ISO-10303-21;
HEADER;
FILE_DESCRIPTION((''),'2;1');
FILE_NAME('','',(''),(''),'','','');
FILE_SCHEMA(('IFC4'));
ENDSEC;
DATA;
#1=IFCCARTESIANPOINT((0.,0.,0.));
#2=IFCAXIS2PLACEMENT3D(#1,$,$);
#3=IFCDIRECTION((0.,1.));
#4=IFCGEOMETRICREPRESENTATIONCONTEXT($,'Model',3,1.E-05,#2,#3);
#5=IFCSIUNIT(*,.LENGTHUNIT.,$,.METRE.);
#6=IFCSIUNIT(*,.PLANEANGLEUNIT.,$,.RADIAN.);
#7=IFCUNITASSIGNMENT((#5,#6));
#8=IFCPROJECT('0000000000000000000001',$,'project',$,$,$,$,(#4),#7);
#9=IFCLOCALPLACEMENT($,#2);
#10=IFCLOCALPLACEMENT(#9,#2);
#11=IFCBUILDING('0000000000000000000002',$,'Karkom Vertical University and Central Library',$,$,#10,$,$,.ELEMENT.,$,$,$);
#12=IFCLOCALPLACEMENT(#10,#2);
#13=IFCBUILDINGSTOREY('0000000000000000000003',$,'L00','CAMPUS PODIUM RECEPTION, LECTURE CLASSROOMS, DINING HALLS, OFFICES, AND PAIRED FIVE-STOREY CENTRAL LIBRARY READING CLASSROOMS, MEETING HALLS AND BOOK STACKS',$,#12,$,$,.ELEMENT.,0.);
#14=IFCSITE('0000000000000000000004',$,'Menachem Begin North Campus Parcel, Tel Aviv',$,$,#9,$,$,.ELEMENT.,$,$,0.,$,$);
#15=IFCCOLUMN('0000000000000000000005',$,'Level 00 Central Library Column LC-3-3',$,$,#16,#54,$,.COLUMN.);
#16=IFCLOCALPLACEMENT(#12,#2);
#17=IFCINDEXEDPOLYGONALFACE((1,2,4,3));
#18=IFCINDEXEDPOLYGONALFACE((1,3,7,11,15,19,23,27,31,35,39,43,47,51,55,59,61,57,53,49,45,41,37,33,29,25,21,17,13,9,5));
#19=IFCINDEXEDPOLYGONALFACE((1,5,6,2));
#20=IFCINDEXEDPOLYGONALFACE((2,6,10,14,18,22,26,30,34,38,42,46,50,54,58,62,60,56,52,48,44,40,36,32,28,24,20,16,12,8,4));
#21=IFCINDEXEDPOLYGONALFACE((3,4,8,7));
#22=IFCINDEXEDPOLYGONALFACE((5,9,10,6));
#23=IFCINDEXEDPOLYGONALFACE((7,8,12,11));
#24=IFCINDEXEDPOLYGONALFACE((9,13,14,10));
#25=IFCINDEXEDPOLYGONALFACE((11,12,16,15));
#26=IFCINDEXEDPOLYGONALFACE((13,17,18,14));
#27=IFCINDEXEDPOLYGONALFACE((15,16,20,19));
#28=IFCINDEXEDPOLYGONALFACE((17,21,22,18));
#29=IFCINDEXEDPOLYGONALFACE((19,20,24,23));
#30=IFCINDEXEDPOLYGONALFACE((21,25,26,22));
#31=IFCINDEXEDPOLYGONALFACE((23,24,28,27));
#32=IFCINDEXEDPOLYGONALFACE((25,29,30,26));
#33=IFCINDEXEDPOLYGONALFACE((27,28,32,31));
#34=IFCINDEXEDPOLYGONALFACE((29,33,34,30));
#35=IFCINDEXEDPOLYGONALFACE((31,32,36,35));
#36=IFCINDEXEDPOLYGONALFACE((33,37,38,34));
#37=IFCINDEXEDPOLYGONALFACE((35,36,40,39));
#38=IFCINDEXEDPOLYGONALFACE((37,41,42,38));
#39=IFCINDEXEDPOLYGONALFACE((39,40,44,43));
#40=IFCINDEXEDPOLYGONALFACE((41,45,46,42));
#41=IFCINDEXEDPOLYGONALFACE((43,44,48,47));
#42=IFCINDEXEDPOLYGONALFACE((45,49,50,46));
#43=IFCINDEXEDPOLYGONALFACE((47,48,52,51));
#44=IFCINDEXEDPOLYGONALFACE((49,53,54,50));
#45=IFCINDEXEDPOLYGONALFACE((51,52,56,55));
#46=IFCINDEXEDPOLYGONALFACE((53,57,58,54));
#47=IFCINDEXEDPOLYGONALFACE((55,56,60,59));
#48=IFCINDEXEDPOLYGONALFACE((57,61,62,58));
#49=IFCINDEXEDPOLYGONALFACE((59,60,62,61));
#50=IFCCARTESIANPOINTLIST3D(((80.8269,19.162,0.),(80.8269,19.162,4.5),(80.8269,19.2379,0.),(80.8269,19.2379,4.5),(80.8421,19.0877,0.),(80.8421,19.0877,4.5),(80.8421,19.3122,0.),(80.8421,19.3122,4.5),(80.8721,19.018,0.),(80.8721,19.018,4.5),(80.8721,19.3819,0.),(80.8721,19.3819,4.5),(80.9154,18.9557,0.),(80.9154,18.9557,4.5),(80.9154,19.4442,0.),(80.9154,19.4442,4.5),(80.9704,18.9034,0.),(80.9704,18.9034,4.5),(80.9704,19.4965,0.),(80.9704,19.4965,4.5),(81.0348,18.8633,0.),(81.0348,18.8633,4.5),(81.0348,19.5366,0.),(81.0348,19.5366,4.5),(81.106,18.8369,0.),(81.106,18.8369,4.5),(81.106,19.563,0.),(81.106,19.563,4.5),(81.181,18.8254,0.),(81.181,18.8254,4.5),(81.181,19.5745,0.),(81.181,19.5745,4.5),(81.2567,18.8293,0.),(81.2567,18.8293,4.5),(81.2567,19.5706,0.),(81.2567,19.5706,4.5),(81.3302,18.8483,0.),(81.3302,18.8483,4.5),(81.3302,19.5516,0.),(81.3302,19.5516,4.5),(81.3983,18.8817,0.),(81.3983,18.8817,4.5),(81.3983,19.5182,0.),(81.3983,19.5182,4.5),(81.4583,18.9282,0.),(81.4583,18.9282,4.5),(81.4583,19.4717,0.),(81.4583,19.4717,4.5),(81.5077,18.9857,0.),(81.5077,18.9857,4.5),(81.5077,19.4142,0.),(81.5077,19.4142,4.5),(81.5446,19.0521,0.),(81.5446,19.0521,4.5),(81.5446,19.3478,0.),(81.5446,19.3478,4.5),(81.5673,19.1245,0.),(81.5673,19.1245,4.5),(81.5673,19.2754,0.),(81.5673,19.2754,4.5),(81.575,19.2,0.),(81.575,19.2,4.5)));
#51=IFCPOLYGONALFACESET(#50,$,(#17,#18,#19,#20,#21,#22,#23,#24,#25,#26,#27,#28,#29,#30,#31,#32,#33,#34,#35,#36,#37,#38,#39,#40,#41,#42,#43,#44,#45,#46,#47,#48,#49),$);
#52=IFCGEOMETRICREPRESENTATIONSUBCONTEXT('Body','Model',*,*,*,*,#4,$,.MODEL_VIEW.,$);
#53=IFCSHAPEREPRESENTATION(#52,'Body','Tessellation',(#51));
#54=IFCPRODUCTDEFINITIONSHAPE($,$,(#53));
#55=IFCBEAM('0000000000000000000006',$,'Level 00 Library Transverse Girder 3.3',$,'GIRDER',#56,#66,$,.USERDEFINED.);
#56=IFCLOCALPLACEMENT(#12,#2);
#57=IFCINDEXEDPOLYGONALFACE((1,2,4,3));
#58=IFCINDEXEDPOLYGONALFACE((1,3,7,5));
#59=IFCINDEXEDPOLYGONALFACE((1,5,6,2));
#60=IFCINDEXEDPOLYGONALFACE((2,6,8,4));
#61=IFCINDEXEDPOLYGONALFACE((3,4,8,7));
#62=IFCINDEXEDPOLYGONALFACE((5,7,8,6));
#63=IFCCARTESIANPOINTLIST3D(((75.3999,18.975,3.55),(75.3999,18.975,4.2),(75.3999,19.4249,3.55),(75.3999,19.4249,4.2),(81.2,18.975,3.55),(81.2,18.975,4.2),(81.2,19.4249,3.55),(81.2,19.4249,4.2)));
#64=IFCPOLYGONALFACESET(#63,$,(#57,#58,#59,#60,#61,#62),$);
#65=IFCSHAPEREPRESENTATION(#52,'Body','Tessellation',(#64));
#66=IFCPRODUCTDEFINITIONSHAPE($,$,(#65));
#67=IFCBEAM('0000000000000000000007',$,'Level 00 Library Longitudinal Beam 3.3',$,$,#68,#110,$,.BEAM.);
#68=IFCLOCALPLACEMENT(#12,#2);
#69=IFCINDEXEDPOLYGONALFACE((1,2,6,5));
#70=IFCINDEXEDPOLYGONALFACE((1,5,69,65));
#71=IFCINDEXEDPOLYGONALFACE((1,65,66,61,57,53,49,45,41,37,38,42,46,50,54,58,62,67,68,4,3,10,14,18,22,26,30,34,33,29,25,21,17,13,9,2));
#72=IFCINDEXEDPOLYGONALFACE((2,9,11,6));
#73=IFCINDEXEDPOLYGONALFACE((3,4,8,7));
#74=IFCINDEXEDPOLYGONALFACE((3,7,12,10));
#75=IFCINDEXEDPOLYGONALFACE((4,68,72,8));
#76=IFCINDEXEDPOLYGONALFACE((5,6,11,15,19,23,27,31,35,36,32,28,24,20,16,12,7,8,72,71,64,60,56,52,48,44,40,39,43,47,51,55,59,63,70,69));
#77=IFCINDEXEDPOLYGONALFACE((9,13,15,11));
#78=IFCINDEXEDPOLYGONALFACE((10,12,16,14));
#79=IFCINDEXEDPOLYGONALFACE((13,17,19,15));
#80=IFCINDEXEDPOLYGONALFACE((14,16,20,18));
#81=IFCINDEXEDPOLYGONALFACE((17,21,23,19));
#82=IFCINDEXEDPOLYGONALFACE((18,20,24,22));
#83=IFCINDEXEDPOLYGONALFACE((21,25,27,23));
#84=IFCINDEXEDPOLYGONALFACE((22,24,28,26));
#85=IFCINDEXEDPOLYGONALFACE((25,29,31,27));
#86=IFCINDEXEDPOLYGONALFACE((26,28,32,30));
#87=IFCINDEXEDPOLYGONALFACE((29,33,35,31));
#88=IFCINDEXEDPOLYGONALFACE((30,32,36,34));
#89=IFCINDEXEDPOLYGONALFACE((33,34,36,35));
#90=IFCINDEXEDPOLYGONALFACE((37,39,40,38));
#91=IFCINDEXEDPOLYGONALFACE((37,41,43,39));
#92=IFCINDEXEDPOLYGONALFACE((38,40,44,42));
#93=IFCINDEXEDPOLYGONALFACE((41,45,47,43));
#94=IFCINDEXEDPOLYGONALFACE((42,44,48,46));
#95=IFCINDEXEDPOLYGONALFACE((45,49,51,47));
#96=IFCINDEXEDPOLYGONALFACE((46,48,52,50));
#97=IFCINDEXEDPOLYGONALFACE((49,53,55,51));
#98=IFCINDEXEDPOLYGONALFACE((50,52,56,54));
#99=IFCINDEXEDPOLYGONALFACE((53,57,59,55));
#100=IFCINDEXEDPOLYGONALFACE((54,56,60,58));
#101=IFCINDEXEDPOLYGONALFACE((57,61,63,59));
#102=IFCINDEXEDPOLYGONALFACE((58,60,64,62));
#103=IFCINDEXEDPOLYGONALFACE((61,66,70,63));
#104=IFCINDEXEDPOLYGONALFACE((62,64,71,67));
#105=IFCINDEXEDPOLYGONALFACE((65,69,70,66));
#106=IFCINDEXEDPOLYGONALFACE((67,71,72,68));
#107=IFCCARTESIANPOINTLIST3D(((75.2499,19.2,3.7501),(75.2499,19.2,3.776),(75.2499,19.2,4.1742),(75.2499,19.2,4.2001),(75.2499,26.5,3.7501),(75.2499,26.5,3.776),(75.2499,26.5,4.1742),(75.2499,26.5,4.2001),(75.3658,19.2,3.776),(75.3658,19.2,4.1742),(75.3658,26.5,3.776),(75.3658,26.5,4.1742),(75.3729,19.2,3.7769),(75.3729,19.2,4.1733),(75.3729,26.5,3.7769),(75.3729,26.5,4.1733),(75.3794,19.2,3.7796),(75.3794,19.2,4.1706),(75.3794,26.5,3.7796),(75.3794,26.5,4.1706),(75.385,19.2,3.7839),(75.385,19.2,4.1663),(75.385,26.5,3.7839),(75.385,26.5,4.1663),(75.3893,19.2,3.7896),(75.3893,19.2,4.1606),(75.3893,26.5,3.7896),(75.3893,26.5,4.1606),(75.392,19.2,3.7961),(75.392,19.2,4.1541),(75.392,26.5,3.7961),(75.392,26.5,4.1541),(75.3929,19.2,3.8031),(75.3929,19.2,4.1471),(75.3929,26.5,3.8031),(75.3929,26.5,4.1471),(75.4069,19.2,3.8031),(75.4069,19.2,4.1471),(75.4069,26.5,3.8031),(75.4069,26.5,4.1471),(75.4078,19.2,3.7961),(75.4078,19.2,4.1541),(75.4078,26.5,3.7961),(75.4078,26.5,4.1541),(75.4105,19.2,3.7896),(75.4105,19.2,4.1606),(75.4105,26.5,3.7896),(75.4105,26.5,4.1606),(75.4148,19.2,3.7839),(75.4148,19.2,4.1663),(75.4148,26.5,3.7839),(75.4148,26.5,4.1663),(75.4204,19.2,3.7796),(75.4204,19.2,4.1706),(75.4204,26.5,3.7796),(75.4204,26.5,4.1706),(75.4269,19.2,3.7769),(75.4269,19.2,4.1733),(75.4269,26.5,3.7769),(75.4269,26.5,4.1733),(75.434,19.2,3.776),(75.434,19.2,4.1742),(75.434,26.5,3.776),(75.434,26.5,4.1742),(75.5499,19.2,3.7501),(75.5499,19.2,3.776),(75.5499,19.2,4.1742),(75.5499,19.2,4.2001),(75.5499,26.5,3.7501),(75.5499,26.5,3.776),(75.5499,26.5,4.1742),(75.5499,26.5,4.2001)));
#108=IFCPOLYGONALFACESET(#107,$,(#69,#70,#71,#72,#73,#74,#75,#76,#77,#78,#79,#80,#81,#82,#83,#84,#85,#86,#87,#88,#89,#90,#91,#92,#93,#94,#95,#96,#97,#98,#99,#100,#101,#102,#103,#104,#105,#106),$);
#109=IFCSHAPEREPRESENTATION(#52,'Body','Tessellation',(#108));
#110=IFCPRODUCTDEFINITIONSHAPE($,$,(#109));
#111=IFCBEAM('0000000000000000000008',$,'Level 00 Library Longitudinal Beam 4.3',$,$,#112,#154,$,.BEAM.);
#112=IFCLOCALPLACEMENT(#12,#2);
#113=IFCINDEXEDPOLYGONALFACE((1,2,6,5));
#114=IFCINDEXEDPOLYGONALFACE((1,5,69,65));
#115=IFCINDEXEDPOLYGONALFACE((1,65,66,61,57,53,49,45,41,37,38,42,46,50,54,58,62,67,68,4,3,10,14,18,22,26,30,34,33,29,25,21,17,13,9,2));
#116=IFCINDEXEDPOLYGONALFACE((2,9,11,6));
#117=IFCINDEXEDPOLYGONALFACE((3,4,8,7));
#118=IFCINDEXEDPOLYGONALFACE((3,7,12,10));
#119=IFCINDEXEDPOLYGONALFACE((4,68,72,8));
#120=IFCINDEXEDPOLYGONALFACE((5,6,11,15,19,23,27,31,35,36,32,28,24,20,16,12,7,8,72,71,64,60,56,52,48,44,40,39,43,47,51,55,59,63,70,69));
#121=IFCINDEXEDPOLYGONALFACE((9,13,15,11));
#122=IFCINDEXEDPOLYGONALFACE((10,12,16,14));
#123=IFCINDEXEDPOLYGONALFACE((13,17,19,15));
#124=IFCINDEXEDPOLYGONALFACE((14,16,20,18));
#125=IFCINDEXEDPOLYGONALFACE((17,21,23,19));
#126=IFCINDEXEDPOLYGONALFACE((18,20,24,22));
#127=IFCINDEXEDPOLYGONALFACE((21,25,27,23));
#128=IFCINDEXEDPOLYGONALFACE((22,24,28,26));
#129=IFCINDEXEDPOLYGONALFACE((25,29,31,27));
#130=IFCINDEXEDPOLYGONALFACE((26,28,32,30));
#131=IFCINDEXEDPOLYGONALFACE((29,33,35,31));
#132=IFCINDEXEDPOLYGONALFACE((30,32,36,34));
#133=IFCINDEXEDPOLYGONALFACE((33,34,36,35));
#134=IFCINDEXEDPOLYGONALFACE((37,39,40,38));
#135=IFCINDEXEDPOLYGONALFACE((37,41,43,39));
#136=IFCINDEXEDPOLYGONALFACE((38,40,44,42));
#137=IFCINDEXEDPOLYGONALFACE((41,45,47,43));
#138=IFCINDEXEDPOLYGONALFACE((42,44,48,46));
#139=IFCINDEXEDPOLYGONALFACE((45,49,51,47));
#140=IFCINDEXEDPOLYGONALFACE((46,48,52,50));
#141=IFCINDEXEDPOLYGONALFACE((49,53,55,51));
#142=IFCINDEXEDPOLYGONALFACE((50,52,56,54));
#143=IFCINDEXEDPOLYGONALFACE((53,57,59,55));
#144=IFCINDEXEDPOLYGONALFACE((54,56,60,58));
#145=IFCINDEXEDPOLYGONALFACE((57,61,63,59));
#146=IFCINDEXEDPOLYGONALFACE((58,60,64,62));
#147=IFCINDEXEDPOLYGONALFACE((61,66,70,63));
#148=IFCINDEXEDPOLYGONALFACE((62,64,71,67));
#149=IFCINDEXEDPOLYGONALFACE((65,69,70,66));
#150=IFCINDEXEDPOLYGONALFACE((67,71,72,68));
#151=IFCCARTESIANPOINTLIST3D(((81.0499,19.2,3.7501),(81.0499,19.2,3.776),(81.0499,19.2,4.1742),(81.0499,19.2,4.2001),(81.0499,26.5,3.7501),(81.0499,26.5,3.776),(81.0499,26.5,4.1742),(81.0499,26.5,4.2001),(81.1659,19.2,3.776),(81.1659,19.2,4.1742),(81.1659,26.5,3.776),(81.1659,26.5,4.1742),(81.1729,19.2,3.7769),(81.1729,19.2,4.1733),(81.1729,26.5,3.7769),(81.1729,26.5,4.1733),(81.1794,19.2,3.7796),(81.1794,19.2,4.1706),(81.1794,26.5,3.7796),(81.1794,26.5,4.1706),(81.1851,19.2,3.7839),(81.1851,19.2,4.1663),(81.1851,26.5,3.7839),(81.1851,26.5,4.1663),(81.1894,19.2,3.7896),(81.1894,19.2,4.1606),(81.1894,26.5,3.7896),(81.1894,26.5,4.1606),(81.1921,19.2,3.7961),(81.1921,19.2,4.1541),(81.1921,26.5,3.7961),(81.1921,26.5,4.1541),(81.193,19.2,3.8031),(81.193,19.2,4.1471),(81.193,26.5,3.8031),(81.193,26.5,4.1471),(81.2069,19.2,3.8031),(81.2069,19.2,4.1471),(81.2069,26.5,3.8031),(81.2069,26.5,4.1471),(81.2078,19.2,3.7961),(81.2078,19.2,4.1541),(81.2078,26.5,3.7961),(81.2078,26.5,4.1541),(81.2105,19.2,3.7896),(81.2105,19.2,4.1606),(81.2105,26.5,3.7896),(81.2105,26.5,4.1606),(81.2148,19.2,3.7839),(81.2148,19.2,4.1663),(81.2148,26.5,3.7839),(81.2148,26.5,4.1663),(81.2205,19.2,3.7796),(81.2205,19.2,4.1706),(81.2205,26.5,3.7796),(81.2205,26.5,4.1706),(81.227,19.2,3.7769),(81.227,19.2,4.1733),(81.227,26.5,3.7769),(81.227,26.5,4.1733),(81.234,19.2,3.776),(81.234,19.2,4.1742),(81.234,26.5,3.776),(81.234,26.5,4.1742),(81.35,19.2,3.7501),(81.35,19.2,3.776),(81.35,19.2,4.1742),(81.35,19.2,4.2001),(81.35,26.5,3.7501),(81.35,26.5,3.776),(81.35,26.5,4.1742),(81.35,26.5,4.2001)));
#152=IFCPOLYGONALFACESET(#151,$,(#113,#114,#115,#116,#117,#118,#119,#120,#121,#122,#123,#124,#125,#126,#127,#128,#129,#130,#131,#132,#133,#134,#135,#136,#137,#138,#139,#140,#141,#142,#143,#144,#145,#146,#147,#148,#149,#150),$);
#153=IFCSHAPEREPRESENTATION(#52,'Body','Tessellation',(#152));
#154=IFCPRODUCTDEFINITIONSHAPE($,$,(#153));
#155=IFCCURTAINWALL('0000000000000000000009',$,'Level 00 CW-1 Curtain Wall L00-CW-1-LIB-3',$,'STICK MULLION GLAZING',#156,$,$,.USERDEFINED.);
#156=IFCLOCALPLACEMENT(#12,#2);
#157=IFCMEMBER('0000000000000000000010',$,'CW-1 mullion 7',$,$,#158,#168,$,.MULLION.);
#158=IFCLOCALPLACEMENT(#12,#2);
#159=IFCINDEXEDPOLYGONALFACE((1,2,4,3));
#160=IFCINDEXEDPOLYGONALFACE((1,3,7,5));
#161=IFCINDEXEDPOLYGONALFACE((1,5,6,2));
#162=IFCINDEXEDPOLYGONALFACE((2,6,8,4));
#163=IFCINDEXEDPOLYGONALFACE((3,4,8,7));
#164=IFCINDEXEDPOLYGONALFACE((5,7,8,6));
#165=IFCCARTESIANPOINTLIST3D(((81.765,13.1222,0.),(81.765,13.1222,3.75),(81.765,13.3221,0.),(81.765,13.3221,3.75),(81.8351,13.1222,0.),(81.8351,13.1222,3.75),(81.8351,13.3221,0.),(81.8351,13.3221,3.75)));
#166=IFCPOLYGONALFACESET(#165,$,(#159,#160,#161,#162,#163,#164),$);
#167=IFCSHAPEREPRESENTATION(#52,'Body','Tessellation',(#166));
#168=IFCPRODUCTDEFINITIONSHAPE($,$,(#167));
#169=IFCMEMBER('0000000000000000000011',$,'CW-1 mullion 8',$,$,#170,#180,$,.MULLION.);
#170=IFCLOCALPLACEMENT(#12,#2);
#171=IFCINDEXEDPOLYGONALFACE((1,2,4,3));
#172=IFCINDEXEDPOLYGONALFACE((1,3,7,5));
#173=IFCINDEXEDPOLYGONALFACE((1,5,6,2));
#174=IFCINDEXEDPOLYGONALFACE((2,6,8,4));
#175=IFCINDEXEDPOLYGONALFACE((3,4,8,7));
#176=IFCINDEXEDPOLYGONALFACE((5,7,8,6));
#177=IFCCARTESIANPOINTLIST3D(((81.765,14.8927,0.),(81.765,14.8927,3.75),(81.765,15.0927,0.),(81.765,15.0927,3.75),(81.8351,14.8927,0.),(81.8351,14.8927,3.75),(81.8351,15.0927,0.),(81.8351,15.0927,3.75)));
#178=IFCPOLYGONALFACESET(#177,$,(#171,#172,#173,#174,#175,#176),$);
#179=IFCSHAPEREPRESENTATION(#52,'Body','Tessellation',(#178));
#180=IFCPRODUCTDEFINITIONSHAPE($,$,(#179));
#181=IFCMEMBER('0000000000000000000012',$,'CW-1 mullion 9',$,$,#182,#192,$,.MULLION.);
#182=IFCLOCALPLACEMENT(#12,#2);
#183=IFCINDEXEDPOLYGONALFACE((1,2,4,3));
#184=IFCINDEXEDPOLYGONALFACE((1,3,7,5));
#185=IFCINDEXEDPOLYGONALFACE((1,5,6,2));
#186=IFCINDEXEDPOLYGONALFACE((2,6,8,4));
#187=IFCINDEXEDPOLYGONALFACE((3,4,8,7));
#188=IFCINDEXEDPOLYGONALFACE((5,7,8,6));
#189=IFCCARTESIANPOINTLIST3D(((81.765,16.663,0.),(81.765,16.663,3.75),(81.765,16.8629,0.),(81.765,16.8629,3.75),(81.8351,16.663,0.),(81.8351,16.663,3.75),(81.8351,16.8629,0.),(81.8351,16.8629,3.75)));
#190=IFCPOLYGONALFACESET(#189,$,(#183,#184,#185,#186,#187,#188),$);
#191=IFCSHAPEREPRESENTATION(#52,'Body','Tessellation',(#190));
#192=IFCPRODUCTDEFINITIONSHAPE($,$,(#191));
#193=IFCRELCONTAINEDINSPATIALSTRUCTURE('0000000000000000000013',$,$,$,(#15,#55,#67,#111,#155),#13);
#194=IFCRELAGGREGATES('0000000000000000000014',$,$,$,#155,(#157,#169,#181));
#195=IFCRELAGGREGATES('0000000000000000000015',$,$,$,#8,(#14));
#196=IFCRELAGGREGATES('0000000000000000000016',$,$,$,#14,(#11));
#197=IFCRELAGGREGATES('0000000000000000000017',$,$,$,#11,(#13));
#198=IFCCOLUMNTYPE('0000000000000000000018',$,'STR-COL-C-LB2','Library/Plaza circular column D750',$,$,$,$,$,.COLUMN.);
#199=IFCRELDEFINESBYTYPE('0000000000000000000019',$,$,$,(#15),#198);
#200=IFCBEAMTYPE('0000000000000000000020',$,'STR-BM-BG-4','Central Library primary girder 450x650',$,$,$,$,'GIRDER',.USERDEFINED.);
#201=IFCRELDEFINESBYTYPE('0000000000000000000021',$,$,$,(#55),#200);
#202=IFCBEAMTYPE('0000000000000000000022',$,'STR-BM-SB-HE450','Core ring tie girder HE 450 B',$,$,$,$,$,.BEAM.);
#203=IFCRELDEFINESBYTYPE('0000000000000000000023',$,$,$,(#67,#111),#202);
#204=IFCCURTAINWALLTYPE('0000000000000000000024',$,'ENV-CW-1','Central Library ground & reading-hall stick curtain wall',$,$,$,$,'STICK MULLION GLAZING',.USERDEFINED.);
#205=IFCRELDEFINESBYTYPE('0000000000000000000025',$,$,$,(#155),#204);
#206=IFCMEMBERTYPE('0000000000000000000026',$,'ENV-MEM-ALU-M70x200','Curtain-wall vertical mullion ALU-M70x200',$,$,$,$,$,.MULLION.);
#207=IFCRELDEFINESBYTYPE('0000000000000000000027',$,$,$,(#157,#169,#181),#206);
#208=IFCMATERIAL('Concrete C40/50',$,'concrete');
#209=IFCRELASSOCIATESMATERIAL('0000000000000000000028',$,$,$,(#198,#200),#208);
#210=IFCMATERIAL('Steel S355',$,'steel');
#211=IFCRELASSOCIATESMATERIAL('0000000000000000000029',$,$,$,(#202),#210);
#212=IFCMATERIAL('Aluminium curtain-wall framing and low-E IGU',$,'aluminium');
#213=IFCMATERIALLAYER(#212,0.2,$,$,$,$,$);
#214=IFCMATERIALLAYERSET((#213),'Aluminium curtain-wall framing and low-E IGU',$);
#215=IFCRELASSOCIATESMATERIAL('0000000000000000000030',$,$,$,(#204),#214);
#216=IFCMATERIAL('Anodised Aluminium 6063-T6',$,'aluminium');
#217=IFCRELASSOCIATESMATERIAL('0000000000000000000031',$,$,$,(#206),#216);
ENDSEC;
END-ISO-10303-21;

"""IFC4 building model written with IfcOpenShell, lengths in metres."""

from ifc_helpers import new_model, si_unit, direction, frame, origin, origin_with_axes, origin_2d, place, context, subcontext, project, spatial, rectangle, circle, i_section, extrude, source, transform, mapped, material, layer, layer_set, material_profile, profile_set, type_object, element, aggregate, save


model = new_model("IFC4")

# Units and contexts
model_context = context("Model", 3, precision=1e-05, world=origin(), true_north=direction((0.0, 1.0)))
body_context = subcontext(model_context, "Body", "Model", "MODEL_VIEW")
ifc_project = project(units=[si_unit("LENGTHUNIT", "METRE"), si_unit("PLANEANGLEUNIT", "RADIAN")], contexts=[model_context])

# Site, building, storey
site_placement = place(None, origin())
site = spatial("IfcSite", under=ifc_project, at=site_placement, Name="Menachem Begin North Campus Parcel, Tel Aviv", CompositionType="ELEMENT", RefElevation=0.0)
building_placement = place(site_placement, origin())
building = spatial("IfcBuilding", under=site, at=building_placement, Name="Karkom Vertical University and Central Library", CompositionType="ELEMENT")
storey_placement = place(building_placement, origin())
storey = spatial("IfcBuildingStorey", under=building, at=storey_placement, Name="L00", Description="CAMPUS PODIUM RECEPTION, LECTURE CLASSROOMS, DINING HALLS, OFFICES, AND PAIRED FIVE-STOREY CENTRAL LIBRARY READING CLASSROOMS, MEETING HALLS AND BOOK STACKS", CompositionType="ELEMENT", Elevation=0.0)

# Column
ifc_material_1 = material(Name="Concrete C40/50", Category="concrete")
ifc_material_profile_1 = material_profile(ifc_material_1, circle(Radius=0.375, at=origin_2d()), Name="RC-D750")
ifc_profile_set_1 = profile_set([ifc_material_profile_1], Name="Concrete C40/50")
column_type = type_object("IfcColumnType", Name="STR-COL-C-LB2", Description="Library/Plaza circular column D750", PredefinedType="COLUMN", material=ifc_profile_set_1)
shared_shape_1 = source(origin_with_axes(), body_context, "Body", "SweptSolid", [
    extrude(circle(Radius=0.375, at=origin_2d()), origin(), (0.0, 0.0, 1.0), 4.5),
])
column_placement = place(storey_placement, frame((81.2, 19.2, 0.0), z_axis=(0.0, 0.0, 1.0), x_axis=(1.0, 0.0, 0.0)))
element("IfcColumn", 1, at=column_placement, inside=storey, type_object=column_type, Name="Level 00 Central Library Column LC-3-3", PredefinedType="COLUMN", context=body_context, shape_type="MappedRepresentation", body=[
    mapped(shared_shape_1, transform((0.0, 0.0, 0.0), scale=1.0)),
])

# Beams
ifc_material_profile_2 = material_profile(ifc_material_1, rectangle(XDim=0.45, YDim=0.6499, at=origin_2d()), Name="RCB-450x650")
ifc_profile_set_2 = profile_set([ifc_material_profile_2], Name="Concrete C40/50")
beam_type_1 = type_object("IfcBeamType", Name="STR-BM-BG-4", Description="Central Library primary girder 450x650", ElementType="GIRDER", PredefinedType="USERDEFINED", material=ifc_profile_set_2)
shared_shape_2 = source(origin_with_axes(), body_context, "Body", "SweptSolid", [
    extrude(rectangle(XDim=0.45, YDim=0.6499, at=origin_2d()), origin(), (0.0, 0.0, 1.0), 5.8),
])
beam_placement = place(storey_placement, frame((75.3999, 19.2, 3.875), z_axis=(1.0, 0.0, 0.0), x_axis=(0.0, 1.0, 0.0)))
element("IfcBeam", 2, at=beam_placement, inside=storey, type_object=beam_type_1, Name="Level 00 Library Transverse Girder 3.3", ObjectType="GIRDER", PredefinedType="USERDEFINED", context=body_context, shape_type="MappedRepresentation", body=[
    mapped(shared_shape_2, transform((0.0, 0.0, 0.0), scale=1.0)),
])
ifc_material_2 = material(Name="Steel S355", Category="steel")
ifc_material_profile_3 = material_profile(ifc_material_2, i_section(OverallWidth=0.3, OverallDepth=0.45, WebThickness=0.0139, FlangeThickness=0.0259, FilletRadius=0.0271, at=origin_2d()), Name="HE 450 B")
ifc_profile_set_3 = profile_set([ifc_material_profile_3], Name="Steel S355")
beam_type_2 = type_object("IfcBeamType", Name="STR-BM-SB-HE450", Description="Core ring tie girder HE 450 B", PredefinedType="BEAM", material=ifc_profile_set_3)
shared_shape_3 = source(origin_with_axes(), body_context, "Body", "SweptSolid", [
    extrude(i_section(OverallWidth=0.3, OverallDepth=0.45, WebThickness=0.0139, FlangeThickness=0.0259, FilletRadius=0.0271, at=origin_2d()), origin(), (0.0, 0.0, 1.0), 7.3),
])
for number, where, z_axis, x_axis, name in (
    (3, (75.3999, 19.2, 3.9751), (0.0, 1.0, 0.0), (-1.0, 0.0, 0.0), "Level 00 Library Longitudinal Beam 3.3"),
    (4, (81.2, 19.2, 3.9751), (0.0, 1.0, 0.0), (-1.0, 0.0, 0.0), "Level 00 Library Longitudinal Beam 4.3"),
):
    element("IfcBeam", number, at=place(storey_placement, frame(where, z_axis=z_axis, x_axis=x_axis)), inside=storey, type_object=beam_type_2, Name=name, PredefinedType="BEAM", context=body_context, shape_type="MappedRepresentation", body=[
        mapped(shared_shape_3, transform((0.0, 0.0, 0.0), scale=1.0)),
    ])

# Curtain wall, members
ifc_material_3 = material(Name="Aluminium curtain-wall framing and low-E IGU", Category="aluminium")
ifc_layer_1 = layer(ifc_material_3, 0.2)
ifc_layer_set_1 = layer_set([ifc_layer_1], Name="Aluminium curtain-wall framing and low-E IGU")
curtain_wall_type = type_object("IfcCurtainWallType", Name="ENV-CW-1", Description="Central Library ground & reading-hall stick curtain wall", ElementType="STICK MULLION GLAZING", PredefinedType="USERDEFINED", material=ifc_layer_set_1)
curtain_wall_placement = place(storey_placement, origin())
curtain_wall = element("IfcCurtainWall", 5, at=curtain_wall_placement, inside=storey, type_object=curtain_wall_type, Name="Level 00 CW-1 Curtain Wall L00-CW-1-LIB-3", ObjectType="STICK MULLION GLAZING", PredefinedType="USERDEFINED")
ifc_material_4 = material(Name="Anodised Aluminium 6063-T6", Category="aluminium")
ifc_material_profile_4 = material_profile(ifc_material_4, rectangle(XDim=0.0701, YDim=0.2, at=origin_2d()), Name="ALU-M70x200")
ifc_profile_set_4 = profile_set([ifc_material_profile_4], Name="Anodised Aluminium 6063-T6")
member_type_1 = type_object("IfcMemberType", Name="ENV-MEM-ALU-M70x200", Description="Curtain-wall vertical mullion ALU-M70x200", PredefinedType="MULLION", material=ifc_profile_set_4)
shared_shape_4 = source(origin_with_axes(), body_context, "Body", "SweptSolid", [
    extrude(rectangle(XDim=0.0701, YDim=0.2, at=origin_2d()), origin(), (0.0, 0.0, 1.0), 3.75),
])
member_1_placement = place(storey_placement, frame((81.8, 13.2222, 0.0), z_axis=(0.0, 0.0, 1.0), x_axis=(-1.0, 0.0, 0.0)))
member_1 = element("IfcMember", 6, at=member_1_placement, type_object=member_type_1, Name="CW-1 mullion 7", PredefinedType="MULLION", context=body_context, shape_type="MappedRepresentation", body=[
    mapped(shared_shape_4, transform((0.0, 0.0, 0.0), scale=1.0)),
])
member_2_placement = place(storey_placement, frame((81.8, 14.9927, 0.0), z_axis=(0.0, 0.0, 1.0), x_axis=(-1.0, 0.0, 0.0)))
member_2 = element("IfcMember", 7, at=member_2_placement, type_object=member_type_1, Name="CW-1 mullion 8", PredefinedType="MULLION", context=body_context, shape_type="MappedRepresentation", body=[
    mapped(shared_shape_4, transform((0.0, 0.0, 0.0), scale=1.0)),
])
member_3_placement = place(storey_placement, frame((81.8, 16.7629, 0.0), z_axis=(0.0, 0.0, 1.0), x_axis=(-1.0, 0.0, 0.0)))
member_3 = element("IfcMember", 8, at=member_3_placement, type_object=member_type_1, Name="CW-1 mullion 9", PredefinedType="MULLION", context=body_context, shape_type="MappedRepresentation", body=[
    mapped(shared_shape_4, transform((0.0, 0.0, 0.0), scale=1.0)),
])
aggregate(curtain_wall, [member_1, member_2, member_3])

save(model, "model.ifc")
